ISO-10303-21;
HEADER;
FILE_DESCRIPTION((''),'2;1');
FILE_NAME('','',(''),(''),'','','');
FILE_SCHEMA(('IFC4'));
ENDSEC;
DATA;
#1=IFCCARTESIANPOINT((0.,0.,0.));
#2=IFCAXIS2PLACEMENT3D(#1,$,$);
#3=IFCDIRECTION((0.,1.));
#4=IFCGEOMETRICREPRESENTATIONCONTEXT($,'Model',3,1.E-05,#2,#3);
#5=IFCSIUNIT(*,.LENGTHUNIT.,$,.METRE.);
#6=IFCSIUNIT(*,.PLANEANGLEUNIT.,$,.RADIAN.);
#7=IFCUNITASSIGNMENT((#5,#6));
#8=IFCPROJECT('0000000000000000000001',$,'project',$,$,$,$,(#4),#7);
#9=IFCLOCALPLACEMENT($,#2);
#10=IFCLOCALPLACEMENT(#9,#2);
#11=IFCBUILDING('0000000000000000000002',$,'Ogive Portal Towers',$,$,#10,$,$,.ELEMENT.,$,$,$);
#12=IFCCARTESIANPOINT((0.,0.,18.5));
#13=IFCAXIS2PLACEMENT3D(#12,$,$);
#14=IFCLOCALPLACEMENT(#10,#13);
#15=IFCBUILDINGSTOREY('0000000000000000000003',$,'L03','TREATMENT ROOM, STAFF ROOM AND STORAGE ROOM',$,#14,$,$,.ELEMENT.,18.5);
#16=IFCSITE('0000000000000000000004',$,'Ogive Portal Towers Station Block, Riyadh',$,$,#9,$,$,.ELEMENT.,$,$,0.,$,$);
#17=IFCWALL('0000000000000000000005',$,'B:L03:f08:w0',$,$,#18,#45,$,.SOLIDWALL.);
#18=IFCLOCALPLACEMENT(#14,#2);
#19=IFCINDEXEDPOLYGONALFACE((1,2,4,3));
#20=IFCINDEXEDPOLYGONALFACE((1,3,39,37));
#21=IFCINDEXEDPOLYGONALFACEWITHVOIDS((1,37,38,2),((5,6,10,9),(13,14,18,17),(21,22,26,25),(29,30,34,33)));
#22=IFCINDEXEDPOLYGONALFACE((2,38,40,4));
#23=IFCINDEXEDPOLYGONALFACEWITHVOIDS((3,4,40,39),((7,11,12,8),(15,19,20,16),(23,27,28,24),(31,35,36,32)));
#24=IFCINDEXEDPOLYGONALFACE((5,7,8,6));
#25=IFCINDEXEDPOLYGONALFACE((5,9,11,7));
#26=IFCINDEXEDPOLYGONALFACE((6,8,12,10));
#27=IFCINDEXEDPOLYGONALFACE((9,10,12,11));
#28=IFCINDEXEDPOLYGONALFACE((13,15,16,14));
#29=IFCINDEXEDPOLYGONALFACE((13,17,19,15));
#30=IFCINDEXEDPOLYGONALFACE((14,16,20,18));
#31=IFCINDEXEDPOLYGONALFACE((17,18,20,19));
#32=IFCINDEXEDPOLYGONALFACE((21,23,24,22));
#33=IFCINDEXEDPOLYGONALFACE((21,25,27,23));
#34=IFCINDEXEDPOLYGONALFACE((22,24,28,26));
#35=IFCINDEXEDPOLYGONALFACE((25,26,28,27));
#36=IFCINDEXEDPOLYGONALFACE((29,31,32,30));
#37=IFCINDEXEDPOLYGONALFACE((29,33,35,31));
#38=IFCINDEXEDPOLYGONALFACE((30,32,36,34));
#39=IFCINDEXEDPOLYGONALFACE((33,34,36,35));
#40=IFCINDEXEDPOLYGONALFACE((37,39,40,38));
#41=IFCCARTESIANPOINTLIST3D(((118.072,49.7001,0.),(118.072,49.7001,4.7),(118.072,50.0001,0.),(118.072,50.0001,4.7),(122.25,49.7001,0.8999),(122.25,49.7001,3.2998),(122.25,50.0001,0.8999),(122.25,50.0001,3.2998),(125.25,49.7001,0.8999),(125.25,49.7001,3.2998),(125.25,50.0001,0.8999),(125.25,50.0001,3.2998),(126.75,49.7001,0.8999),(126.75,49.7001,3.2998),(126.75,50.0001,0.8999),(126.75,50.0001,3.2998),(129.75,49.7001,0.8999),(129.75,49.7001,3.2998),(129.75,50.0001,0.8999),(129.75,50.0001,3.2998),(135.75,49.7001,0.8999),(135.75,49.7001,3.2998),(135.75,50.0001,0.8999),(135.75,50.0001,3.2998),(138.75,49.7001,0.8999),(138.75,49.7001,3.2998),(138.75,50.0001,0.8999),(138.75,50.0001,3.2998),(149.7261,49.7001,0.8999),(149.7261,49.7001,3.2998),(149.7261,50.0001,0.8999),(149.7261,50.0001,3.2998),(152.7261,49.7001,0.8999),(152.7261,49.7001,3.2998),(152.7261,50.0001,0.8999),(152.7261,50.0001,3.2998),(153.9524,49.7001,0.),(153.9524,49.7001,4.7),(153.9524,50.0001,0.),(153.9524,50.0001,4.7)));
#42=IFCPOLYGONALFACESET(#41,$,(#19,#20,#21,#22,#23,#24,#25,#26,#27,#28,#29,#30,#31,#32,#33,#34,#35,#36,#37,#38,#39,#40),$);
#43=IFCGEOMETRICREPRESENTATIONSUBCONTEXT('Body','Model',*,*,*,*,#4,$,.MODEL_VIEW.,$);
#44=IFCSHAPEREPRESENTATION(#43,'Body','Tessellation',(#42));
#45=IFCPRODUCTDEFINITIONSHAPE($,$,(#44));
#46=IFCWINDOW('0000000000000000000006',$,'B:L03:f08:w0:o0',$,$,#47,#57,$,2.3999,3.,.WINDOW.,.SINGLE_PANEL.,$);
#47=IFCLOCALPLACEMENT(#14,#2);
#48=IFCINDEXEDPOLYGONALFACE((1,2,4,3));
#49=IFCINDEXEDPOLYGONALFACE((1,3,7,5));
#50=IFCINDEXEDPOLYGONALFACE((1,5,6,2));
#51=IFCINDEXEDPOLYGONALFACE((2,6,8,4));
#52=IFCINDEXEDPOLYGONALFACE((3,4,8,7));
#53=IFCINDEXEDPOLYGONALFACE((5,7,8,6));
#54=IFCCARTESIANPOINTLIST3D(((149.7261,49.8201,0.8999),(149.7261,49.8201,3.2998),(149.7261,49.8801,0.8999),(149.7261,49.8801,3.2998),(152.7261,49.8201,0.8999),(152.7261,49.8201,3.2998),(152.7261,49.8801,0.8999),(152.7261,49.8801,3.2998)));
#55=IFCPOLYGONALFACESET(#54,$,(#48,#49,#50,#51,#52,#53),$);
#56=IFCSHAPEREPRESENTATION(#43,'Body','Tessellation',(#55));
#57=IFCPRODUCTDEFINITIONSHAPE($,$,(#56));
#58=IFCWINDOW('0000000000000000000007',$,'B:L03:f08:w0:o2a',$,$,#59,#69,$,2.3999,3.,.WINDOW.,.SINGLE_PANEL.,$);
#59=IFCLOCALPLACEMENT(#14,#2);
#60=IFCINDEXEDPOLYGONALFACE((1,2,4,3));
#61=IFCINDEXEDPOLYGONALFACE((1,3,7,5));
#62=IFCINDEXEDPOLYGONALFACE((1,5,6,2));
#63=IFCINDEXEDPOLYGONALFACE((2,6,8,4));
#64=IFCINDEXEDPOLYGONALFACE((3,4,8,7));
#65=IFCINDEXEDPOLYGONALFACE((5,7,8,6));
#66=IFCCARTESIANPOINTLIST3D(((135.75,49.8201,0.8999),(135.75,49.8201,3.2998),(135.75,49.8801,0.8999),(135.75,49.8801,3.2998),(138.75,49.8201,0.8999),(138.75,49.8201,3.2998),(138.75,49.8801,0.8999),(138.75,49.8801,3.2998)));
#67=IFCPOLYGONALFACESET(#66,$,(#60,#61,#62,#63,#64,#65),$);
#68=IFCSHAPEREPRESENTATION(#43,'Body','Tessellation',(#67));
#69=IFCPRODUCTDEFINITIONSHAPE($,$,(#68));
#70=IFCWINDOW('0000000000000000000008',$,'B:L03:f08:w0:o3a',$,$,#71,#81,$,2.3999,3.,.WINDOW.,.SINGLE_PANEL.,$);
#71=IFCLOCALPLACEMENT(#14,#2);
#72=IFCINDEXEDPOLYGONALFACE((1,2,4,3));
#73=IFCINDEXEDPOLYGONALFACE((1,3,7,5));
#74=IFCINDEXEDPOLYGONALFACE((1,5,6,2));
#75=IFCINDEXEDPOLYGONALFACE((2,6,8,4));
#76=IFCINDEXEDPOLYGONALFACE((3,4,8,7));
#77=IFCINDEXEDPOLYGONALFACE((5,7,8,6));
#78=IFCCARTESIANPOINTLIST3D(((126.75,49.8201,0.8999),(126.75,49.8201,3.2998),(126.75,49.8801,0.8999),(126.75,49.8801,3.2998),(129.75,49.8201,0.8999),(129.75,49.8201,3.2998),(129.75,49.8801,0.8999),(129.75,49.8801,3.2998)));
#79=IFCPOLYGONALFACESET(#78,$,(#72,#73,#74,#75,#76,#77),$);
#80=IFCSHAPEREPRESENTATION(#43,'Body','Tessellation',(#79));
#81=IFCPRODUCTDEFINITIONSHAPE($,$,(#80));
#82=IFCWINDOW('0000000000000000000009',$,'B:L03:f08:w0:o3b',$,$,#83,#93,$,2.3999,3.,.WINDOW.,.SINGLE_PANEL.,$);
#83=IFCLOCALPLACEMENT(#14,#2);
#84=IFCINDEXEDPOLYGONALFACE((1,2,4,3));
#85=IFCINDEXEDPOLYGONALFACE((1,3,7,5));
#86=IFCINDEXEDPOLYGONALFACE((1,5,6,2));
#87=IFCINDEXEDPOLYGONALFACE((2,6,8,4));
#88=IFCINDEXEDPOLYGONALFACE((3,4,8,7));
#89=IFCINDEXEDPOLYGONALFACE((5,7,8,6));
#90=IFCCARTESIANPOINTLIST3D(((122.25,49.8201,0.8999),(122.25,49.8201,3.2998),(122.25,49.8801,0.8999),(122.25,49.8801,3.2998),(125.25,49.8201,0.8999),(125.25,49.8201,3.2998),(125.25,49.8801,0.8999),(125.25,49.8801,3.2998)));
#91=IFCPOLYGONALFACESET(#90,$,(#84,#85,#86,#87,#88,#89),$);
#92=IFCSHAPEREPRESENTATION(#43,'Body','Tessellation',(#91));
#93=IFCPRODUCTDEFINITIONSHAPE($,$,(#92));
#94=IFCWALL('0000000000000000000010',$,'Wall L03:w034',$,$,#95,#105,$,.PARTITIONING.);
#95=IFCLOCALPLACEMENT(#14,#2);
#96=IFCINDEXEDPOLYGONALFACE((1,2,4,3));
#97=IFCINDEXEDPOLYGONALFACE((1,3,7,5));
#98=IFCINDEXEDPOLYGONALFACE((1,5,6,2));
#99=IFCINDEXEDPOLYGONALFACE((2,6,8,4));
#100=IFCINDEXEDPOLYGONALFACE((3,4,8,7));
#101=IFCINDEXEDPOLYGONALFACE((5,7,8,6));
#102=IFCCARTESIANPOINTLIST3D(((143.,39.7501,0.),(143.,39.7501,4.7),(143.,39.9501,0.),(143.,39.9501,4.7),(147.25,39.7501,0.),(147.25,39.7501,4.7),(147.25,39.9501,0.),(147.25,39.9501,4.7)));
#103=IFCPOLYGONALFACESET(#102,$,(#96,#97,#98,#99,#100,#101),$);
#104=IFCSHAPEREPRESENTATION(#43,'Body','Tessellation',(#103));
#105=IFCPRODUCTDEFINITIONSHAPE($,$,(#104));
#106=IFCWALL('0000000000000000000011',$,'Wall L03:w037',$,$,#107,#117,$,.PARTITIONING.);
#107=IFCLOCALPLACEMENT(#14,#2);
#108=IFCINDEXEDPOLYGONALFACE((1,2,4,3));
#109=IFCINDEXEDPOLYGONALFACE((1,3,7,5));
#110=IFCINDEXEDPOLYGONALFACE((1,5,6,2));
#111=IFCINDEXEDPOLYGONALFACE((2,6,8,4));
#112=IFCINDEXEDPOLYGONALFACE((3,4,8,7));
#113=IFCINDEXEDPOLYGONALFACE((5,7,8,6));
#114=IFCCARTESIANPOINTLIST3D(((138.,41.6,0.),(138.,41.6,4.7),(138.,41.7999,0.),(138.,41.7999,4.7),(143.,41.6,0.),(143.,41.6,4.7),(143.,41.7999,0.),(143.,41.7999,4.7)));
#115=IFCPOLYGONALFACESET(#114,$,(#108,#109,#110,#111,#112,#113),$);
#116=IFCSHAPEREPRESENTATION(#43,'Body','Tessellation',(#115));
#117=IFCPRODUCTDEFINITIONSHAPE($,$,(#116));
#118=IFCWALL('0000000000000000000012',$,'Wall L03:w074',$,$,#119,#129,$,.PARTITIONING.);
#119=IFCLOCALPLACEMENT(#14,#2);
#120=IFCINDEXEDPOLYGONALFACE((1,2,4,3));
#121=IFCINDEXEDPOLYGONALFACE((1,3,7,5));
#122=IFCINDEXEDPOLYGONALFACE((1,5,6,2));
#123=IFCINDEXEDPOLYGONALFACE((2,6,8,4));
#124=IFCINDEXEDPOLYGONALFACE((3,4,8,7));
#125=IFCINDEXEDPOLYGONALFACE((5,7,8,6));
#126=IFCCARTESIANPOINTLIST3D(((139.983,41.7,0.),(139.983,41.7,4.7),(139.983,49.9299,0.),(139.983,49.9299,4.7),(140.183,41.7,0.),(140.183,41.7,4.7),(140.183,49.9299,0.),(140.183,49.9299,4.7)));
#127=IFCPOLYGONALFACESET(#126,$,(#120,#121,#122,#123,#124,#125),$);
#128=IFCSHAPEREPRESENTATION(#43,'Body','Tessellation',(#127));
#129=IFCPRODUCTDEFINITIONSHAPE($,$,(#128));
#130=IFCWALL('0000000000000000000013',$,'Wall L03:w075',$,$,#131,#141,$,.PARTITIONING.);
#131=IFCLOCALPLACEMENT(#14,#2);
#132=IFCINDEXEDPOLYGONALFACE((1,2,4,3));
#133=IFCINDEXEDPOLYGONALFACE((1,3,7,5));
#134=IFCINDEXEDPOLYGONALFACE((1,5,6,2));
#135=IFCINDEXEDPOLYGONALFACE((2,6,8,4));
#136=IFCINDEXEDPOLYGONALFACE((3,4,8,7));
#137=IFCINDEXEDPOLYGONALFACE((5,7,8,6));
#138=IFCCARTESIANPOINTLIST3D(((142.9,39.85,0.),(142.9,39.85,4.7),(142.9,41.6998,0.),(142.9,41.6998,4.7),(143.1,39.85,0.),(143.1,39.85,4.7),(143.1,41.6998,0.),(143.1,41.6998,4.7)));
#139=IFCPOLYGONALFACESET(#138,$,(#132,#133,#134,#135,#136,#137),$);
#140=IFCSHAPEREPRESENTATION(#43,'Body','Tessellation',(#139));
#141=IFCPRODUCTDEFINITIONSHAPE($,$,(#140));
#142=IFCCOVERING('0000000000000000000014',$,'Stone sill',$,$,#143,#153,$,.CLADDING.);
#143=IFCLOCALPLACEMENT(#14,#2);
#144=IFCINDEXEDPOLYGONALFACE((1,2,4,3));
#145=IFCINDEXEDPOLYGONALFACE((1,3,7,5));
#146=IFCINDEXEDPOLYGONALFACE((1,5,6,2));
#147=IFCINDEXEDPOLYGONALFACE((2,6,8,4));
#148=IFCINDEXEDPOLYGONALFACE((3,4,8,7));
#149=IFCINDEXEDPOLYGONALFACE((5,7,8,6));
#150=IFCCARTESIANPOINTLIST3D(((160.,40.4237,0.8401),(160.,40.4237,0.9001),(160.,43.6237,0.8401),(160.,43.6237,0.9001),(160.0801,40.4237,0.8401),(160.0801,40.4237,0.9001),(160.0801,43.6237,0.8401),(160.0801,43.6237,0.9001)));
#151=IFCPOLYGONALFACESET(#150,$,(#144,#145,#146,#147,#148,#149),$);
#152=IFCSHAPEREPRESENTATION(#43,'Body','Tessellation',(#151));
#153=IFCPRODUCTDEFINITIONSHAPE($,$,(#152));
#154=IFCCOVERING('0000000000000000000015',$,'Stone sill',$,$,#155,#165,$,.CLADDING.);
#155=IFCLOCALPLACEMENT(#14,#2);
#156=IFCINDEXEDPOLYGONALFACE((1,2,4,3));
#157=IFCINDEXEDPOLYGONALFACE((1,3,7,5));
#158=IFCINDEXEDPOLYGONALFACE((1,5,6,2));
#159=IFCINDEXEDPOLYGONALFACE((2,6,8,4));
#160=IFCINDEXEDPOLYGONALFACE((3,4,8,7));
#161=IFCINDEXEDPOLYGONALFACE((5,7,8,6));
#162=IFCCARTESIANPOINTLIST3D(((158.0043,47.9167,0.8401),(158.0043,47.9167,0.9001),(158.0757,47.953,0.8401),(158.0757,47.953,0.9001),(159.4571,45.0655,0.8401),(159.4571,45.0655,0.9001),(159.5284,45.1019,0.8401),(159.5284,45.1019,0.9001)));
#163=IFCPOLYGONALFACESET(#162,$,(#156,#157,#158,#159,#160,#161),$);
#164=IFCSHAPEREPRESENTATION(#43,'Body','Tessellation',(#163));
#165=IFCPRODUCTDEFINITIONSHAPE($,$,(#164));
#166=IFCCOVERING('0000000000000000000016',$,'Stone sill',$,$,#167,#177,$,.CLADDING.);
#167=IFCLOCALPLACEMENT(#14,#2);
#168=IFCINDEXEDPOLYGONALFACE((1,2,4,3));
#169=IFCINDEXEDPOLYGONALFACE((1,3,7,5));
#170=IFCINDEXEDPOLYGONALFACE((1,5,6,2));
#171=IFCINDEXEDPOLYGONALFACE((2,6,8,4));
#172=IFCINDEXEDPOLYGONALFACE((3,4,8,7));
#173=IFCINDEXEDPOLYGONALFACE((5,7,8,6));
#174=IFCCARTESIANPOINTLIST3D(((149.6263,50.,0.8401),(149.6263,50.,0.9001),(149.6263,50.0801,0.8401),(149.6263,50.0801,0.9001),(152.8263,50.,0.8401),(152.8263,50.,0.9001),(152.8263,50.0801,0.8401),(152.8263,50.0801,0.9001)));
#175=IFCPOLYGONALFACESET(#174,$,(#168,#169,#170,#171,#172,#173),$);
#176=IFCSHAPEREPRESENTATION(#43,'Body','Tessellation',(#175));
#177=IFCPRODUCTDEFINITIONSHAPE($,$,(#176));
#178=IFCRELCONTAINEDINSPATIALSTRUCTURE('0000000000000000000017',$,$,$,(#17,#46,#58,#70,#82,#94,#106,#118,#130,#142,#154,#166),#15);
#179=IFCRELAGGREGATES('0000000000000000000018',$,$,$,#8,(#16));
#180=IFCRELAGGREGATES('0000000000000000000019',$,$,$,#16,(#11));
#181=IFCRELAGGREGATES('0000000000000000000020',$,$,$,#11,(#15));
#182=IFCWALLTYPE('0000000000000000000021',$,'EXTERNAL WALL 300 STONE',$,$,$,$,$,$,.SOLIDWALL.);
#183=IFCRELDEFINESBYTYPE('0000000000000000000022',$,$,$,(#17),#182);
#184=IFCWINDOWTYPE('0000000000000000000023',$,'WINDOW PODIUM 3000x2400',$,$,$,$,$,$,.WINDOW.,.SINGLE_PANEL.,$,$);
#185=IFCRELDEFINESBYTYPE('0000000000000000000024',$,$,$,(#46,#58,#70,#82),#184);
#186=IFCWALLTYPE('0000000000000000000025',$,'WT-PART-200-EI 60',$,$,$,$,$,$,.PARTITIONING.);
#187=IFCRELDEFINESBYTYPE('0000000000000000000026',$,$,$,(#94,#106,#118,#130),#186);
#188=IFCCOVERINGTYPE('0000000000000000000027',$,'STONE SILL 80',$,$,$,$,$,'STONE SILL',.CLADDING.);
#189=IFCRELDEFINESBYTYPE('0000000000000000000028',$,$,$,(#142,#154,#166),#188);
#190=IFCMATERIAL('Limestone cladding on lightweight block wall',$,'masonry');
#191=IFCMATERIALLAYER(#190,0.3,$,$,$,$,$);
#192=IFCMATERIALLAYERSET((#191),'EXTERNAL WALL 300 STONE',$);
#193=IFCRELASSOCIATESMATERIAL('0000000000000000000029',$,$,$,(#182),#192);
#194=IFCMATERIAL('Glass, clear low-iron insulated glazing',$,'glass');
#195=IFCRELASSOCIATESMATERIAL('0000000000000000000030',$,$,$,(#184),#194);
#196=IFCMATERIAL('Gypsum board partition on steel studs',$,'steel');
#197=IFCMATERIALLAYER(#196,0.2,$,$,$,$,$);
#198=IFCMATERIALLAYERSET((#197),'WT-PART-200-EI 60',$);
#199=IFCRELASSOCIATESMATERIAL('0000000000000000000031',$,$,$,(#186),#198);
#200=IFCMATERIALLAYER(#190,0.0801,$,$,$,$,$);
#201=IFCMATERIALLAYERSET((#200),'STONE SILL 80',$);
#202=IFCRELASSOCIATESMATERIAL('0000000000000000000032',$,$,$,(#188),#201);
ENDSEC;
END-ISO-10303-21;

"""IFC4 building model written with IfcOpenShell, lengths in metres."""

from ifc_helpers import new_model, si_unit, direction, frame, frame_2d, origin, origin_2d, place, context, subcontext, project, spatial, rectangle, extrude, material, layer, layer_set, type_object, element, fill, save


model = new_model("IFC4")

# Units and contexts
model_context = context("Model", 3, precision=1e-05, world=origin(), true_north=direction((0.0, 1.0)))
body_context = subcontext(model_context, "Body", "Model", "MODEL_VIEW")
ifc_project = project(units=[si_unit("LENGTHUNIT", "METRE"), si_unit("PLANEANGLEUNIT", "RADIAN")], contexts=[model_context])

# Site, building, storey
site_placement = place(None, origin())
site = spatial("IfcSite", under=ifc_project, at=site_placement, Name="Ogive Portal Towers Station Block, Riyadh", CompositionType="ELEMENT", RefElevation=0.0)
building_placement = place(site_placement, origin())
building = spatial("IfcBuilding", under=site, at=building_placement, Name="Ogive Portal Towers", CompositionType="ELEMENT")
storey_placement = place(building_placement, frame((0.0, 0.0, 18.5)))
storey = spatial("IfcBuildingStorey", under=building, at=storey_placement, Name="L03", Description="TREATMENT ROOM, STAFF ROOM AND STORAGE ROOM", CompositionType="ELEMENT", Elevation=18.5)

# Shared definitions
ifc_material_1 = material(Name="Limestone cladding on lightweight block wall", Category="masonry")
ifc_layer_1 = layer(ifc_material_1, 0.3)
ifc_layer_set_1 = layer_set([ifc_layer_1], Name="EXTERNAL WALL 300 STONE")
wall_type_1 = type_object("IfcWallType", Name="EXTERNAL WALL 300 STONE", PredefinedType="SOLIDWALL", material=ifc_layer_set_1)
ifc_material_2 = material(Name="Glass, clear low-iron insulated glazing", Category="glass")
window_type = type_object("IfcWindowType", Name="WINDOW PODIUM 3000x2400", PartitioningType="SINGLE_PANEL", PredefinedType="WINDOW", material=ifc_material_2)

# Wall, openings, windows
wall_1_placement = place(storey_placement, frame((153.9524, 49.8501, 0.0), z_axis=(0.0, 0.0, 1.0), x_axis=(-1.0, 0.0, 0.0)))
wall_1 = element("IfcWall", 1, at=wall_1_placement, inside=storey, type_object=wall_type_1, Name="B:L03:f08:w0", PredefinedType="SOLIDWALL", context=body_context, shape_type="SweptSolid", body=[
    extrude(rectangle(XDim=35.8804, YDim=0.3, at=frame_2d((17.9402, 0.0))), origin(), (0.0, 0.0, 1.0), 4.7),
])
opening_1_placement = place(wall_1_placement, frame((1.2263, 0.0, 0.8999)))
opening_1 = element("IfcOpeningElement", 2, at=opening_1_placement, cuts=wall_1, PredefinedType="OPENING", context=body_context, shape_type="SweptSolid", body=[
    extrude(rectangle(XDim=3.0, YDim=2.3999, at=frame_2d((1.5, 1.2))), frame((0.0, 0.1602, 0.0), z_axis=(0.0, -1.0, 0.0), x_axis=(1.0, 0.0, 0.0)), (0.0, 0.0, 1.0), 0.3201),
])
opening_2_placement = place(wall_1_placement, frame((15.2024, 0.0, 0.8999)))
opening_2 = element("IfcOpeningElement", 3, at=opening_2_placement, cuts=wall_1, PredefinedType="OPENING", context=body_context, shape_type="SweptSolid", body=[
    extrude(rectangle(XDim=3.0, YDim=2.3999, at=frame_2d((1.5, 1.2))), frame((0.0, 0.1602, 0.0), z_axis=(0.0, -1.0, 0.0), x_axis=(1.0, 0.0, 0.0)), (0.0, 0.0, 1.0), 0.3201),
])
opening_3_placement = place(wall_1_placement, frame((24.2024, 0.0, 0.8999)))
opening_3 = element("IfcOpeningElement", 4, at=opening_3_placement, cuts=wall_1, PredefinedType="OPENING", context=body_context, shape_type="SweptSolid", body=[
    extrude(rectangle(XDim=3.0, YDim=2.3999, at=frame_2d((1.5, 1.2))), frame((0.0, 0.1602, 0.0), z_axis=(0.0, -1.0, 0.0), x_axis=(1.0, 0.0, 0.0)), (0.0, 0.0, 1.0), 0.3201),
])
opening_4_placement = place(wall_1_placement, frame((28.7024, 0.0, 0.8999)))
opening_4 = element("IfcOpeningElement", 5, at=opening_4_placement, cuts=wall_1, PredefinedType="OPENING", context=body_context, shape_type="SweptSolid", body=[
    extrude(rectangle(XDim=3.0, YDim=2.3999, at=frame_2d((1.5, 1.2))), frame((0.0, 0.1602, 0.0), z_axis=(0.0, -1.0, 0.0), x_axis=(1.0, 0.0, 0.0)), (0.0, 0.0, 1.0), 0.3201),
])
window_1_placement = place(opening_1_placement, origin())
window_1 = element("IfcWindow", 6, at=window_1_placement, inside=storey, type_object=window_type, Name="B:L03:f08:w0:o0", OverallHeight=2.3999, OverallWidth=3.0, PartitioningType="SINGLE_PANEL", PredefinedType="WINDOW", context=body_context, shape_type="SweptSolid", body=[
    extrude(rectangle(XDim=3.0, YDim=2.3999, at=frame_2d((1.5, 1.2))), frame((0.0, 0.03, 0.0), z_axis=(0.0, -1.0, 0.0), x_axis=(1.0, 0.0, 0.0)), (0.0, 0.0, 1.0), 0.0601),
])
fill(opening_1, window_1)
window_2_placement = place(opening_2_placement, origin())
window_2 = element("IfcWindow", 7, at=window_2_placement, inside=storey, type_object=window_type, Name="B:L03:f08:w0:o2a", OverallHeight=2.3999, OverallWidth=3.0, PartitioningType="SINGLE_PANEL", PredefinedType="WINDOW", context=body_context, shape_type="SweptSolid", body=[
    extrude(rectangle(XDim=3.0, YDim=2.3999, at=frame_2d((1.5, 1.2))), frame((0.0, 0.03, 0.0), z_axis=(0.0, -1.0, 0.0), x_axis=(1.0, 0.0, 0.0)), (0.0, 0.0, 1.0), 0.0601),
])
fill(opening_2, window_2)
window_3_placement = place(opening_3_placement, origin())
window_3 = element("IfcWindow", 8, at=window_3_placement, inside=storey, type_object=window_type, Name="B:L03:f08:w0:o3a", OverallHeight=2.3999, OverallWidth=3.0, PartitioningType="SINGLE_PANEL", PredefinedType="WINDOW", context=body_context, shape_type="SweptSolid", body=[
    extrude(rectangle(XDim=3.0, YDim=2.3999, at=frame_2d((1.5, 1.2))), frame((0.0, 0.03, 0.0), z_axis=(0.0, -1.0, 0.0), x_axis=(1.0, 0.0, 0.0)), (0.0, 0.0, 1.0), 0.0601),
])
fill(opening_3, window_3)
window_4_placement = place(opening_4_placement, origin())
window_4 = element("IfcWindow", 9, at=window_4_placement, inside=storey, type_object=window_type, Name="B:L03:f08:w0:o3b", OverallHeight=2.3999, OverallWidth=3.0, PartitioningType="SINGLE_PANEL", PredefinedType="WINDOW", context=body_context, shape_type="SweptSolid", body=[
    extrude(rectangle(XDim=3.0, YDim=2.3999, at=frame_2d((1.5, 1.2))), frame((0.0, 0.03, 0.0), z_axis=(0.0, -1.0, 0.0), x_axis=(1.0, 0.0, 0.0)), (0.0, 0.0, 1.0), 0.0601),
])
fill(opening_4, window_4)

# Walls
ifc_material_3 = material(Name="Gypsum board partition on steel studs", Category="steel")
ifc_layer_2 = layer(ifc_material_3, 0.2)
ifc_layer_set_2 = layer_set([ifc_layer_2], Name="WT-PART-200-EI 60")
wall_type_2 = type_object("IfcWallType", Name="WT-PART-200-EI 60", PredefinedType="PARTITIONING", material=ifc_layer_set_2)
wall_2_placement = place(storey_placement, frame((143.0, 39.8501, 0.0), z_axis=(0.0, 0.0, 1.0), x_axis=(1.0, 0.0, 0.0)))
element("IfcWall", 10, at=wall_2_placement, inside=storey, type_object=wall_type_2, Name="Wall L03:w034", PredefinedType="PARTITIONING", context=body_context, shape_type="SweptSolid", body=[
    extrude(rectangle(XDim=4.25, YDim=0.2, at=frame_2d((2.125, 0.0))), origin(), (0.0, 0.0, 1.0), 4.7),
])
wall_3_placement = place(storey_placement, frame((138.0, 41.7, 0.0), z_axis=(0.0, 0.0, 1.0), x_axis=(1.0, 0.0, 0.0)))
element("IfcWall", 11, at=wall_3_placement, inside=storey, type_object=wall_type_2, Name="Wall L03:w037", PredefinedType="PARTITIONING", context=body_context, shape_type="SweptSolid", body=[
    extrude(rectangle(XDim=5.0, YDim=0.2, at=frame_2d((2.5, 0.0))), origin(), (0.0, 0.0, 1.0), 4.7),
])
wall_4_placement = place(storey_placement, frame((140.083, 41.7, 0.0), z_axis=(0.0, 0.0, 1.0), x_axis=(0.0, 1.0, 0.0)))
element("IfcWall", 12, at=wall_4_placement, inside=storey, type_object=wall_type_2, Name="Wall L03:w074", PredefinedType="PARTITIONING", context=body_context, shape_type="SweptSolid", body=[
    extrude(rectangle(XDim=8.23, YDim=0.2, at=frame_2d((4.115, 0.0))), origin(), (0.0, 0.0, 1.0), 4.7),
])
wall_5_placement = place(storey_placement, frame((143.0, 39.8501, 0.0), z_axis=(0.0, 0.0, 1.0), x_axis=(0.0, 1.0, 0.0)))
element("IfcWall", 13, at=wall_5_placement, inside=storey, type_object=wall_type_2, Name="Wall L03:w075", PredefinedType="PARTITIONING", context=body_context, shape_type="SweptSolid", body=[
    extrude(rectangle(XDim=1.8499, YDim=0.2, at=frame_2d((0.9248, 0.0))), origin(), (0.0, 0.0, 1.0), 4.7),
])

# Coverings
ifc_layer_3 = layer(ifc_material_1, 0.0801)
ifc_layer_set_3 = layer_set([ifc_layer_3], Name="STONE SILL 80")
covering_type = type_object("IfcCoveringType", Name="STONE SILL 80", ElementType="STONE SILL", PredefinedType="CLADDING", material=ifc_layer_set_3)
for number, where, z_axis, x_axis, name in (
    (14, (160.04, 42.0237, 0.8401), (0.0, 0.0, 1.0), (0.0, 1.0, 0.0), "Stone sill"),
    (15, (158.7664, 46.5093, 0.8401), (0.0, 0.0, 1.0), (-0.45399, 0.891007, 0.0), "Stone sill"),
    (16, (151.2263, 50.04, 0.8401), (0.0, 0.0, 1.0), (-1.0, 0.0, 0.0), "Stone sill"),
):
    element("IfcCovering", number, at=place(storey_placement, frame(where, z_axis=z_axis, x_axis=x_axis)), inside=storey, type_object=covering_type, Name=name, PredefinedType="CLADDING", context=body_context, shape_type="SweptSolid", body=[
        extrude(rectangle(XDim=3.2, YDim=0.0801, at=origin_2d()), origin(), (0.0, 0.0, 1.0), 0.0601),
    ])

save(model, "model.ifc")
